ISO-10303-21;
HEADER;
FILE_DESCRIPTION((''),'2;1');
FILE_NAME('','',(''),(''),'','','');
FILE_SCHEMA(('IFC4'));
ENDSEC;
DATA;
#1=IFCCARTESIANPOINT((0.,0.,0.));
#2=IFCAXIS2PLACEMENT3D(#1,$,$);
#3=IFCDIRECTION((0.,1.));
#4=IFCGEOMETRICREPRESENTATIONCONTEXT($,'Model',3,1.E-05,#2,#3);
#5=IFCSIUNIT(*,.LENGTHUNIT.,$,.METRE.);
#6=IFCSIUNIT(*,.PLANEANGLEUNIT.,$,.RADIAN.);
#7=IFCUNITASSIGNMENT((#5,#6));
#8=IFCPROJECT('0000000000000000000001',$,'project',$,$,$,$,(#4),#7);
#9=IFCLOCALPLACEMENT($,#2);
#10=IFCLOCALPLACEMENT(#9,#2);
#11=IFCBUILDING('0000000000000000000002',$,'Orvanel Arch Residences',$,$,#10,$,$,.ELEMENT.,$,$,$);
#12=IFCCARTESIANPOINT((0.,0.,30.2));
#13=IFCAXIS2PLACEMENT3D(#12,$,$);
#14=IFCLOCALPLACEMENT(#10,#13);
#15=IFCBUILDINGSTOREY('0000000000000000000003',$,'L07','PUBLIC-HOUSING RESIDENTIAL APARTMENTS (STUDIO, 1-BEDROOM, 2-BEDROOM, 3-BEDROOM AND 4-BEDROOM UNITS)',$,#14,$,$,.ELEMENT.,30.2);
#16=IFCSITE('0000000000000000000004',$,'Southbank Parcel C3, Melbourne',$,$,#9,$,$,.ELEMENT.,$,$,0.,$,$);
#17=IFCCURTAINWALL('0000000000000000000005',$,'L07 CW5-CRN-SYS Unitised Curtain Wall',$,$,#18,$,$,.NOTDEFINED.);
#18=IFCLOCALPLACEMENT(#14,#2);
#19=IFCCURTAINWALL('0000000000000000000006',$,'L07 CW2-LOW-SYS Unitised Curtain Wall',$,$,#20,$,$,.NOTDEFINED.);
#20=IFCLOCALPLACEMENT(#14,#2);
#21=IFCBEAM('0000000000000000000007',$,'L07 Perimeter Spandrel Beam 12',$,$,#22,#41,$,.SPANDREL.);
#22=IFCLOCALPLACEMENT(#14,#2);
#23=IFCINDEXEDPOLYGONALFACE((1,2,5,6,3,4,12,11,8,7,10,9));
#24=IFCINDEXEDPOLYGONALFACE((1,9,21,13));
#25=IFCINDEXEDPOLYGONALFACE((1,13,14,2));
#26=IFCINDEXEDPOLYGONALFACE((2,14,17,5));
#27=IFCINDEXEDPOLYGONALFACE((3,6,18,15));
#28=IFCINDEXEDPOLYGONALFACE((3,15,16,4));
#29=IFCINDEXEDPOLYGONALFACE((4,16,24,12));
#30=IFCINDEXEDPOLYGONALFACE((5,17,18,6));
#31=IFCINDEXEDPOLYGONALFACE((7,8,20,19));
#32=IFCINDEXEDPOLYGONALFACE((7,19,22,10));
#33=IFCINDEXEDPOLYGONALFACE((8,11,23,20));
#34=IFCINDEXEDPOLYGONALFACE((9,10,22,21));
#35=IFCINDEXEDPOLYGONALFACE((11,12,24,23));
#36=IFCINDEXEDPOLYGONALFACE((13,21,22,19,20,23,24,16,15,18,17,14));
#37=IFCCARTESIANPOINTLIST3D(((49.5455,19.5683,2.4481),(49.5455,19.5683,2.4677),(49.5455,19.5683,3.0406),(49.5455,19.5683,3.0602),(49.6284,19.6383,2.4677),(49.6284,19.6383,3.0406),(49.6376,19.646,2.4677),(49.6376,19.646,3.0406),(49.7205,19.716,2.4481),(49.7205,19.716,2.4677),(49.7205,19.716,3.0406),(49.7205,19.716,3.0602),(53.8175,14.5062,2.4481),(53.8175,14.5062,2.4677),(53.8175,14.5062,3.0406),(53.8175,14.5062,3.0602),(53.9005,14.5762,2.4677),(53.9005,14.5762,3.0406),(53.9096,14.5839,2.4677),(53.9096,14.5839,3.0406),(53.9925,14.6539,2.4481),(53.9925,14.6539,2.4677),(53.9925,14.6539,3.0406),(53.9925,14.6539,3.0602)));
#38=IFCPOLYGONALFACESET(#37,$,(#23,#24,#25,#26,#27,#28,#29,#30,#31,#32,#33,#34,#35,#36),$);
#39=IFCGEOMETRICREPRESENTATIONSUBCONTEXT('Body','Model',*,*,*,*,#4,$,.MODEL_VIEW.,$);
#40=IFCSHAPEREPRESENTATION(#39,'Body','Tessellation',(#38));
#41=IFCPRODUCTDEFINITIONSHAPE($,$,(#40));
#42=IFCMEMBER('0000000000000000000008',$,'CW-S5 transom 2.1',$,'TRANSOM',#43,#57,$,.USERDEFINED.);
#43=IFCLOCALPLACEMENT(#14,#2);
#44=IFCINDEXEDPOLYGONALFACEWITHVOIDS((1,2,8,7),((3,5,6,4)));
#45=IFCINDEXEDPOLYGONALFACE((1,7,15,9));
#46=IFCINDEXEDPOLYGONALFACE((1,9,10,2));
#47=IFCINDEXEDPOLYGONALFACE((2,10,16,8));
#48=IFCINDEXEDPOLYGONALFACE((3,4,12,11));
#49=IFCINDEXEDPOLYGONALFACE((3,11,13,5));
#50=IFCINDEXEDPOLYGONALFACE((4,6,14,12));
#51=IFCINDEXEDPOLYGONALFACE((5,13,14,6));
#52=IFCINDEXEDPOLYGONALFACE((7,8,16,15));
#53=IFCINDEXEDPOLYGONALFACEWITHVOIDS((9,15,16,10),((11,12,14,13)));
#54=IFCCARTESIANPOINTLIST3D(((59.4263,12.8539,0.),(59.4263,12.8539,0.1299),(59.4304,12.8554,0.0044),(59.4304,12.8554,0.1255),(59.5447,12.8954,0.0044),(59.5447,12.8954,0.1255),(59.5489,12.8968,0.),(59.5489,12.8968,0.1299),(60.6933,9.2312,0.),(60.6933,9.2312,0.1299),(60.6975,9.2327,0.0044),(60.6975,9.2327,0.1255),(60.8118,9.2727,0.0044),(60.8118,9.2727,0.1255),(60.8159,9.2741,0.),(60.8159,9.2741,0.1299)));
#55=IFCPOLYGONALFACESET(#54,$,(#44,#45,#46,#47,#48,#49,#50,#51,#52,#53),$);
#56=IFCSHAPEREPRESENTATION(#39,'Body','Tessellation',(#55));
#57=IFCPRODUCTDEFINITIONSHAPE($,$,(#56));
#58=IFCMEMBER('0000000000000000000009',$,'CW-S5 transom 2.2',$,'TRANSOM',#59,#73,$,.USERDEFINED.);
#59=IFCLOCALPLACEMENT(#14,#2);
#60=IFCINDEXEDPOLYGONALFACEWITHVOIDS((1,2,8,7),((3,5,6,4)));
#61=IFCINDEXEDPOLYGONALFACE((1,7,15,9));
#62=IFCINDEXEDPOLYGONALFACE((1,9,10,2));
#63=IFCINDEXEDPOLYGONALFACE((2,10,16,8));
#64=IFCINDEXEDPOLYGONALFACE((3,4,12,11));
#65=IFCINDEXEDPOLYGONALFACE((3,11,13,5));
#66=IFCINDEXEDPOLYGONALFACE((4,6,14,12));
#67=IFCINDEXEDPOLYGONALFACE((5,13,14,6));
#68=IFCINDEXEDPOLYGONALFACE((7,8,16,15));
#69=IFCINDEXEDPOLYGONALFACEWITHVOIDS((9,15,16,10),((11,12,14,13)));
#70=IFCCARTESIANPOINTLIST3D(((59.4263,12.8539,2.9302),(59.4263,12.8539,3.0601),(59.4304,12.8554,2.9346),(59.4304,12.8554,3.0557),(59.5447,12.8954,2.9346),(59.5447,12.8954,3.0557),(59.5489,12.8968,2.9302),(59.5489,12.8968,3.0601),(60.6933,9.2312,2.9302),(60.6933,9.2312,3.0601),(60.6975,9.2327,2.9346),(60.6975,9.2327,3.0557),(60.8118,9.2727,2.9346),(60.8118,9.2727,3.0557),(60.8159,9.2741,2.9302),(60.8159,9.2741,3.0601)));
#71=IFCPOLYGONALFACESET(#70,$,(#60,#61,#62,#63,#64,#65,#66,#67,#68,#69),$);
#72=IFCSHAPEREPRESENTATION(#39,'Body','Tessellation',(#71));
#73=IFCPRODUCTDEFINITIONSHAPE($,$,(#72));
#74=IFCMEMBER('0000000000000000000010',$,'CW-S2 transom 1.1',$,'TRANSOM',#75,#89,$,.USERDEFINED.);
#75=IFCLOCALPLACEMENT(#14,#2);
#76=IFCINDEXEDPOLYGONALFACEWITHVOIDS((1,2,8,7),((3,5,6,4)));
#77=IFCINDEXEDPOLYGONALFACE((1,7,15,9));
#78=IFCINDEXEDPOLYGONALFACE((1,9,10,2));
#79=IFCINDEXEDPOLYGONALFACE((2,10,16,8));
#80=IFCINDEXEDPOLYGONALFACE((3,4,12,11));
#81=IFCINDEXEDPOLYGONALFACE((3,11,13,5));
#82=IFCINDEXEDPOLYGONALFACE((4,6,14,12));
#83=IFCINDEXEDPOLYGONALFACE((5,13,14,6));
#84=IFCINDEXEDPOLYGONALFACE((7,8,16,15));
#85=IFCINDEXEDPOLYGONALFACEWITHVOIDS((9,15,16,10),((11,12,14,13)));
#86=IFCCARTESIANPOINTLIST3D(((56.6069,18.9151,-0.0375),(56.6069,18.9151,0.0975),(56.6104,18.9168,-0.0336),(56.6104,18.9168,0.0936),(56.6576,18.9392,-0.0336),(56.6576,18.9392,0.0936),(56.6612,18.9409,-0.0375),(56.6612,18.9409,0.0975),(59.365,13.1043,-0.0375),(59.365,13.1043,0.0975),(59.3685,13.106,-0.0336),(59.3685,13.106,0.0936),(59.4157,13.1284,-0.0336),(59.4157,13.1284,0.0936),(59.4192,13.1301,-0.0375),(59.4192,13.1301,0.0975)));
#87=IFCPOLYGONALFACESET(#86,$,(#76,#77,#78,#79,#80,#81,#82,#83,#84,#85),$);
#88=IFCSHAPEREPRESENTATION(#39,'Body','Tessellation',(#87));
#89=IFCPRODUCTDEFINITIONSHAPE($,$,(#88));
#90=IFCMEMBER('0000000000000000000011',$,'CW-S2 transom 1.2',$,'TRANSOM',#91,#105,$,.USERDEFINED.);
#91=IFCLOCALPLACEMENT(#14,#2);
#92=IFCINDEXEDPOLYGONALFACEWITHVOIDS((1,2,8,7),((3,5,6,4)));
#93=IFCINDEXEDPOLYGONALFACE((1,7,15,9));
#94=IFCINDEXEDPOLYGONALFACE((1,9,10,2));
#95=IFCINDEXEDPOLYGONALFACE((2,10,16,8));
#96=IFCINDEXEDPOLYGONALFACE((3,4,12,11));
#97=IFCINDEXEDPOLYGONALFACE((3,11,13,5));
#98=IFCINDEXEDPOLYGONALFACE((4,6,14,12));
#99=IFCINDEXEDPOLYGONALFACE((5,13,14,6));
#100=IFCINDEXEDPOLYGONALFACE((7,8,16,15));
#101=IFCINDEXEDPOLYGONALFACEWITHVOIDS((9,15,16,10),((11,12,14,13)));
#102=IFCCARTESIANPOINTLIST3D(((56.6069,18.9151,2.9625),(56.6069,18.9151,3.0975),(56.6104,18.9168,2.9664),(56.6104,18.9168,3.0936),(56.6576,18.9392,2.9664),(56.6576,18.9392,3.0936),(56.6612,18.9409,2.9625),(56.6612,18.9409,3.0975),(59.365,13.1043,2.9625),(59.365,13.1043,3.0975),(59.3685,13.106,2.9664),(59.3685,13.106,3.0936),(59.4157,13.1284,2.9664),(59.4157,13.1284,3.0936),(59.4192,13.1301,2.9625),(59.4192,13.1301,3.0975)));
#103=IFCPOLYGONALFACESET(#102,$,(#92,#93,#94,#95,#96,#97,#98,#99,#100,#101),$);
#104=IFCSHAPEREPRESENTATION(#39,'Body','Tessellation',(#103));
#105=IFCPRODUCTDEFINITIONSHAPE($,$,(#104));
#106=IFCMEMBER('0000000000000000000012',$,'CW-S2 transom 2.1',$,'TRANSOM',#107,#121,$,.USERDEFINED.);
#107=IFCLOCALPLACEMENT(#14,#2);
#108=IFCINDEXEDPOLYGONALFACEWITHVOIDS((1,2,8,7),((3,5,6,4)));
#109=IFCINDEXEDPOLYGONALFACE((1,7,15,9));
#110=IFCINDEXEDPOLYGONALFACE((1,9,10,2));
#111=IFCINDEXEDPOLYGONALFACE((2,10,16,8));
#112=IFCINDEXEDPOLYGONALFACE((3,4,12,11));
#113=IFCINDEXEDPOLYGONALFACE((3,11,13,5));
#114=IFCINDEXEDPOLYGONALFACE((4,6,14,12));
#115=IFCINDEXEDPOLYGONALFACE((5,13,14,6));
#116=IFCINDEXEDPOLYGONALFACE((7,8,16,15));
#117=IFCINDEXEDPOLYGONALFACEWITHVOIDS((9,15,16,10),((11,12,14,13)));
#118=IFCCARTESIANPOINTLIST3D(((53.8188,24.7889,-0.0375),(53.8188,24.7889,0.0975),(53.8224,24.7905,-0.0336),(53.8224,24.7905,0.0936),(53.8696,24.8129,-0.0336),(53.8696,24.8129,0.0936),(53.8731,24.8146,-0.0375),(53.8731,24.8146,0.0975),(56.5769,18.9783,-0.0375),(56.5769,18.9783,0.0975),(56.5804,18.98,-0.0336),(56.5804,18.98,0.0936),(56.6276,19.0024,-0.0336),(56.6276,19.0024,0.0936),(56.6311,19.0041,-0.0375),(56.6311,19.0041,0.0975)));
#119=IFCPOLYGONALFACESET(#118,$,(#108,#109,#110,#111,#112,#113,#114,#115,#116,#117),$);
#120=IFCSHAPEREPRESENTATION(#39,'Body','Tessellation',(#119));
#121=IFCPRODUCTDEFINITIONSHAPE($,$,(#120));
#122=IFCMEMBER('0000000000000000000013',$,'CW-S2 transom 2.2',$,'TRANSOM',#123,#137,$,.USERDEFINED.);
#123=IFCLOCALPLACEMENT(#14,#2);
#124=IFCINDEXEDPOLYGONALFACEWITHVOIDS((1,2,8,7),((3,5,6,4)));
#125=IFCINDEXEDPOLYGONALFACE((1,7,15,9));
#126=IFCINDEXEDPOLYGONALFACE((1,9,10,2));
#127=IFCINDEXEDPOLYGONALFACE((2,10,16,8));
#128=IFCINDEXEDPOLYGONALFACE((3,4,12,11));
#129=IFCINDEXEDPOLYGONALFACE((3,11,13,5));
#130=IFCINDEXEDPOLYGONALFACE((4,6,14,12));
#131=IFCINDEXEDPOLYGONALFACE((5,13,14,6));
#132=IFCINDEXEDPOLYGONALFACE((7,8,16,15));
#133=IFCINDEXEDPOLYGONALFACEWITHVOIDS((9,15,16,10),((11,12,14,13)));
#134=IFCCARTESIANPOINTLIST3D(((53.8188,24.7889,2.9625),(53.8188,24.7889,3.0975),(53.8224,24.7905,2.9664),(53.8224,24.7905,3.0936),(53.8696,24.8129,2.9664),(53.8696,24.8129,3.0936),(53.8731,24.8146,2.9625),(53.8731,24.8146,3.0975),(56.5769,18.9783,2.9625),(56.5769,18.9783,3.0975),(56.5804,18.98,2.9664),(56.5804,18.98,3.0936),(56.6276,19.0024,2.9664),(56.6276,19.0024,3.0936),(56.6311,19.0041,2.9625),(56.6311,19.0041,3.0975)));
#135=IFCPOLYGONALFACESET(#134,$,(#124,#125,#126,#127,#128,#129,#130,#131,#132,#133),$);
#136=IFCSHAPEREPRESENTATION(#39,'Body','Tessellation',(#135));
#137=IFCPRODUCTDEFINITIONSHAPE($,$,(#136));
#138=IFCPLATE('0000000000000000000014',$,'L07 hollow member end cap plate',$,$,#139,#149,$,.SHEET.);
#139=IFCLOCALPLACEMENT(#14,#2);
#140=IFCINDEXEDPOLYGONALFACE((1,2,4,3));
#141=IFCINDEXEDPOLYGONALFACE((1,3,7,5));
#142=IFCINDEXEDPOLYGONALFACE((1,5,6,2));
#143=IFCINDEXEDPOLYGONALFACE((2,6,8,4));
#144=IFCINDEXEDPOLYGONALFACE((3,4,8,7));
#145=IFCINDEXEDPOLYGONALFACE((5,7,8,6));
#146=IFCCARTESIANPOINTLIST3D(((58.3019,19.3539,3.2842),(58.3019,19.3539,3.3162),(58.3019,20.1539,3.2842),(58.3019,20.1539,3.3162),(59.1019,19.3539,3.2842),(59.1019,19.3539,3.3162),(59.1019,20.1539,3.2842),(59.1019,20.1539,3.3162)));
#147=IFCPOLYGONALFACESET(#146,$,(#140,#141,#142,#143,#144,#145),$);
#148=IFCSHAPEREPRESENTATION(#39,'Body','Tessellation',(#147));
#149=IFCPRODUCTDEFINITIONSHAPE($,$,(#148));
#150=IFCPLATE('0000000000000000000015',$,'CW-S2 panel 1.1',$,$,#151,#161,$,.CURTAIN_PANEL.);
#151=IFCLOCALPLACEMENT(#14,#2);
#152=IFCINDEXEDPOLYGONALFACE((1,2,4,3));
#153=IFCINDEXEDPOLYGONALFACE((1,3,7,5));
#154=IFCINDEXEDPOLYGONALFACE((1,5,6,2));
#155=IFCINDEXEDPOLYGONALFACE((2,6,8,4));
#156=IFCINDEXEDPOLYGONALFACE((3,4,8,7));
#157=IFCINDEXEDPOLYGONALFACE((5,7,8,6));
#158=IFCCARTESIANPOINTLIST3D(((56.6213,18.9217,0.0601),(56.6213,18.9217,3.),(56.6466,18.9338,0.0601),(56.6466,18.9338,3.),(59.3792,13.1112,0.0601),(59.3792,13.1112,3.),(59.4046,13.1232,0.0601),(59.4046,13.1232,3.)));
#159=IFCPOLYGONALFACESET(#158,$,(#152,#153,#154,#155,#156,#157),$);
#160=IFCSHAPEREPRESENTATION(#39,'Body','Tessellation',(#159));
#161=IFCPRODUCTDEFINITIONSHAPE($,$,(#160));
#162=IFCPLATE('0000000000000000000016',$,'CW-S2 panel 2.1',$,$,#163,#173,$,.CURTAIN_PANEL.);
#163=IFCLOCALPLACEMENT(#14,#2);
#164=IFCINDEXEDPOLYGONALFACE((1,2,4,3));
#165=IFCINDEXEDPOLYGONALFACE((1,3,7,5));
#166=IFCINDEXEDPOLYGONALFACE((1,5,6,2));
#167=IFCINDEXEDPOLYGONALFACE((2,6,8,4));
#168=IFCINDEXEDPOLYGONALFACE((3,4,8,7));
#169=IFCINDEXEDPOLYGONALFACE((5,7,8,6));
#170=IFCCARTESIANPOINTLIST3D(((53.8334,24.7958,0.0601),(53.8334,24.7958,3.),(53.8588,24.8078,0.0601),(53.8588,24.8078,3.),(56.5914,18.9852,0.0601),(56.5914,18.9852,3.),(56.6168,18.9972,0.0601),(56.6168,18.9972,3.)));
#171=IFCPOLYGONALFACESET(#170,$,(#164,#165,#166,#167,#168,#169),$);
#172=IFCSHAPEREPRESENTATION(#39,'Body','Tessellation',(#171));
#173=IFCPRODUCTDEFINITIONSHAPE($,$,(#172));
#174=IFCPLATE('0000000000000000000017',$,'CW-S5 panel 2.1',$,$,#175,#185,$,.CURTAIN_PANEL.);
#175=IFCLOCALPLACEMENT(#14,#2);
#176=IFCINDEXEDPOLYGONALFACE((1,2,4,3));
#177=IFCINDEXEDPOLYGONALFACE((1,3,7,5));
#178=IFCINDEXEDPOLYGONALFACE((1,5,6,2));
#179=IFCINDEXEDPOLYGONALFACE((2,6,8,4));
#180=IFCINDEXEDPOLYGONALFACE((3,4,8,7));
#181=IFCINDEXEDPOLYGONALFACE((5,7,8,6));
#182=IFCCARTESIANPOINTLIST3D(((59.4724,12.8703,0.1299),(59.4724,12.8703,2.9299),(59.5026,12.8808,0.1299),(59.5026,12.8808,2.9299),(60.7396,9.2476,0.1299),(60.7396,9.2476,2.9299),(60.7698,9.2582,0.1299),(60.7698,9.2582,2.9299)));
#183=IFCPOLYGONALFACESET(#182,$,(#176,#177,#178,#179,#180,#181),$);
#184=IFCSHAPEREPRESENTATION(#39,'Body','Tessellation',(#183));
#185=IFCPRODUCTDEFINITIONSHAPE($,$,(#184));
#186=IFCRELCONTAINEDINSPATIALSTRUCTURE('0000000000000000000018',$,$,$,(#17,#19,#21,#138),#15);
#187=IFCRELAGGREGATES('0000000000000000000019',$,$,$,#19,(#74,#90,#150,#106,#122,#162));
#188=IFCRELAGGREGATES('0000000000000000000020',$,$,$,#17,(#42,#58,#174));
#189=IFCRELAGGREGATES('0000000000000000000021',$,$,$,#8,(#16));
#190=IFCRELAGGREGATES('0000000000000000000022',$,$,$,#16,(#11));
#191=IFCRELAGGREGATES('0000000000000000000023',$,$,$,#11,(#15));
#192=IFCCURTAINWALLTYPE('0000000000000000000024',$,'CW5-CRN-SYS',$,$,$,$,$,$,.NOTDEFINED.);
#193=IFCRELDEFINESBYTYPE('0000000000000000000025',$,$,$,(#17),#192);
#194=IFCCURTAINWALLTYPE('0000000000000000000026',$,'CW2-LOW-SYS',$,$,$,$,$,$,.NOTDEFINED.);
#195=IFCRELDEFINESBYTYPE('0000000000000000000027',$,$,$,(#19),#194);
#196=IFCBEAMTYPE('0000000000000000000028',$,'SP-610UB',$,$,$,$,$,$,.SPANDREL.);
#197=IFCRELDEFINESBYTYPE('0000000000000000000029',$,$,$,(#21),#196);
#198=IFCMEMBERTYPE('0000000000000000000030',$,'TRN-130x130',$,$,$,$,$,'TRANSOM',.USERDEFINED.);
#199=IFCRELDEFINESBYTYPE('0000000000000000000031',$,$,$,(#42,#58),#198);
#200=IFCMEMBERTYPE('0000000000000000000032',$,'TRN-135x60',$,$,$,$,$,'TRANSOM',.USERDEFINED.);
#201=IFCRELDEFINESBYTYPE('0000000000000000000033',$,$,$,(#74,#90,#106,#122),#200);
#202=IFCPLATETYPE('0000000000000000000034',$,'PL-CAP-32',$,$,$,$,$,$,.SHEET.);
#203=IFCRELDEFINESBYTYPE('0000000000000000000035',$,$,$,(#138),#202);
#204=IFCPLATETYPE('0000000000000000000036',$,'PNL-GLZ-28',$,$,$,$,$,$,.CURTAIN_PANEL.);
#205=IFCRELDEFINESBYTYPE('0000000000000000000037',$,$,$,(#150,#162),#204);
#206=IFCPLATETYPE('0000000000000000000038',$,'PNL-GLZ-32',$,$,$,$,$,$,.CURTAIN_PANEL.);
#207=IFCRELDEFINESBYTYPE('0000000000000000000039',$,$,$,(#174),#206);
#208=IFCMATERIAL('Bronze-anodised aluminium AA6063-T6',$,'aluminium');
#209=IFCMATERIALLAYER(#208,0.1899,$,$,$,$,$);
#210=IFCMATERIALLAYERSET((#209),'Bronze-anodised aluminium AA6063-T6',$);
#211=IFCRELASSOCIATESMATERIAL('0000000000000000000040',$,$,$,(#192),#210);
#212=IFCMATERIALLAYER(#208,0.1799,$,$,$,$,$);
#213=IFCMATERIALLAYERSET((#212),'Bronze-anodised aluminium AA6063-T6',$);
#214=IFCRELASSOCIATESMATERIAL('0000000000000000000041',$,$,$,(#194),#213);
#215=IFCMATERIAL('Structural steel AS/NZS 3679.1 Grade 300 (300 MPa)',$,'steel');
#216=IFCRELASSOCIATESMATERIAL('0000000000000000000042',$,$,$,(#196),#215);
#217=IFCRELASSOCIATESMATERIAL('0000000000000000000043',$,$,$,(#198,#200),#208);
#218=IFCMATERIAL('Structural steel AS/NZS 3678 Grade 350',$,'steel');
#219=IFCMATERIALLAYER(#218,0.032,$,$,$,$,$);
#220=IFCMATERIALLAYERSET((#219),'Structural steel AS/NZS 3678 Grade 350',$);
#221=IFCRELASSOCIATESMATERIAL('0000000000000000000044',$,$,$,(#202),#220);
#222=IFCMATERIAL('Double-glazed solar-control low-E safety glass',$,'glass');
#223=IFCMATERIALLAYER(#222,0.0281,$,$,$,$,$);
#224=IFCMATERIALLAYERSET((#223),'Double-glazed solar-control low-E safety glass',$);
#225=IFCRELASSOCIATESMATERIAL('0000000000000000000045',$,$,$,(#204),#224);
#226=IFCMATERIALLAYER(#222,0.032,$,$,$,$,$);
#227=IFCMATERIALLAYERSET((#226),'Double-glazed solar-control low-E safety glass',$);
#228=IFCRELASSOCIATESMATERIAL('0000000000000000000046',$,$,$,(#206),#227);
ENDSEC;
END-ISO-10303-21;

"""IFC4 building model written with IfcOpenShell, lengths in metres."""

from ifc_helpers import new_model, si_unit, direction, frame, origin, origin_2d, place, context, subcontext, project, spatial, rectangle, hollow_rectangle, i_section, extrude, material, layer, layer_set, material_profile, profile_set, type_object, element, aggregate, save


model = new_model("IFC4")

# Units and contexts
model_context = context("Model", 3, precision=1e-05, world=origin(), true_north=direction((0.0, 1.0)))
body_context = subcontext(model_context, "Body", "Model", "MODEL_VIEW")
ifc_project = project(units=[si_unit("LENGTHUNIT", "METRE"), si_unit("PLANEANGLEUNIT", "RADIAN")], contexts=[model_context])

# Site, building, storey
site_placement = place(None, origin())
site = spatial("IfcSite", under=ifc_project, at=site_placement, Name="Southbank Parcel C3, Melbourne", CompositionType="ELEMENT", RefElevation=0.0)
building_placement = place(site_placement, origin())
building = spatial("IfcBuilding", under=site, at=building_placement, Name="Orvanel Arch Residences", CompositionType="ELEMENT")
storey_placement = place(building_placement, frame((0.0, 0.0, 30.2)))
storey = spatial("IfcBuildingStorey", under=building, at=storey_placement, Name="L07", Description="PUBLIC-HOUSING RESIDENTIAL APARTMENTS (STUDIO, 1-BEDROOM, 2-BEDROOM, 3-BEDROOM AND 4-BEDROOM UNITS)", CompositionType="ELEMENT", Elevation=30.2)

# Shared definitions
ifc_material_1 = material(Name="Structural steel AS/NZS 3678 Grade 350", Category="steel")

# Curtain walls
ifc_material_2 = material(Name="Bronze-anodised aluminium AA6063-T6", Category="aluminium")
ifc_layer_1 = layer(ifc_material_2, 0.1899)
ifc_layer_set_1 = layer_set([ifc_layer_1], Name="Bronze-anodised aluminium AA6063-T6")
curtain_wall_type_1 = type_object("IfcCurtainWallType", Name="CW5-CRN-SYS", PredefinedType="NOTDEFINED", material=ifc_layer_set_1)
curtain_wall_1_placement = place(storey_placement, origin())
curtain_wall_1 = element("IfcCurtainWall", 1, at=curtain_wall_1_placement, inside=storey, type_object=curtain_wall_type_1, Name="L07 CW5-CRN-SYS Unitised Curtain Wall", PredefinedType="NOTDEFINED")
ifc_layer_2 = layer(ifc_material_2, 0.1799)
ifc_layer_set_2 = layer_set([ifc_layer_2], Name="Bronze-anodised aluminium AA6063-T6")
curtain_wall_type_2 = type_object("IfcCurtainWallType", Name="CW2-LOW-SYS", PredefinedType="NOTDEFINED", material=ifc_layer_set_2)
curtain_wall_2_placement = place(storey_placement, origin())
curtain_wall_2 = element("IfcCurtainWall", 2, at=curtain_wall_2_placement, inside=storey, type_object=curtain_wall_type_2, Name="L07 CW2-LOW-SYS Unitised Curtain Wall", PredefinedType="NOTDEFINED")

# Beam
ifc_material_3 = material(Name="Structural steel AS/NZS 3679.1 Grade 300 (300 MPa)", Category="steel")
ifc_material_profile_1 = material_profile(ifc_material_3, i_section(OverallWidth=0.229, OverallDepth=0.6121, WebThickness=0.012, FlangeThickness=0.0195, at=origin_2d()), Name="610UB125")
ifc_profile_set_1 = profile_set([ifc_material_profile_1], Name="Structural steel AS/NZS 3679.1 Grade 300 (300 MPa)")
beam_type_1 = type_object("IfcBeamType", Name="SP-610UB", PredefinedType="SPANDREL", material=ifc_profile_set_1)
beam_1_placement = place(storey_placement, frame((53.905, 14.5801, 2.7542), z_axis=(-0.64495, 0.764224, 0.0), x_axis=(-0.764224, -0.64495, 0.0)))
element("IfcBeam", 3, at=beam_1_placement, inside=storey, type_object=beam_type_1, Name="L07 Perimeter Spandrel Beam 12", PredefinedType="SPANDREL", context=body_context, shape_type="SweptSolid", body=[
    extrude(i_section(OverallWidth=0.229, OverallDepth=0.6121, WebThickness=0.012, FlangeThickness=0.0195, at=origin_2d()), origin(), (0.0, 0.0, 1.0), 6.6238),
])

# Members
ifc_material_profile_2 = material_profile(ifc_material_2, hollow_rectangle(XDim=0.1299, YDim=0.1299, WallThickness=0.0044, at=origin_2d()), Name="ALU130x130x4.5")
ifc_profile_set_2 = profile_set([ifc_material_profile_2], Name="Bronze-anodised aluminium AA6063-T6")
member_type_1 = type_object("IfcMemberType", Name="TRN-130x130", ElementType="TRANSOM", PredefinedType="USERDEFINED", material=ifc_profile_set_2)
member_1_placement = place(storey_placement, frame((60.7546, 9.2527, 0.0649), z_axis=(-0.330144, 0.943931, 0.0), x_axis=(-0.943931, -0.330144, 0.0)))
member_1 = element("IfcMember", 4, at=member_1_placement, type_object=member_type_1, Name="CW-S5 transom 2.1", ObjectType="TRANSOM", PredefinedType="USERDEFINED", context=body_context, shape_type="SweptSolid", body=[
    extrude(hollow_rectangle(XDim=0.1299, YDim=0.1299, WallThickness=0.0044, at=origin_2d()), origin(), (0.0, 0.0, 1.0), 3.8379),
])
member_2_placement = place(storey_placement, frame((60.7546, 9.2527, 2.9951), z_axis=(-0.330144, 0.943931, 0.0), x_axis=(-0.943931, -0.330144, 0.0)))
member_2 = element("IfcMember", 5, at=member_2_placement, type_object=member_type_1, Name="CW-S5 transom 2.2", ObjectType="TRANSOM", PredefinedType="USERDEFINED", context=body_context, shape_type="SweptSolid", body=[
    extrude(hollow_rectangle(XDim=0.1299, YDim=0.1299, WallThickness=0.0044, at=origin_2d()), origin(), (0.0, 0.0, 1.0), 3.8379),
])
ifc_material_profile_3 = material_profile(ifc_material_2, hollow_rectangle(XDim=0.0601, YDim=0.135, WallThickness=0.0039, at=origin_2d()), Name="ALU135x60x4")
ifc_profile_set_3 = profile_set([ifc_material_profile_3], Name="Bronze-anodised aluminium AA6063-T6")
member_type_2 = type_object("IfcMemberType", Name="TRN-135x60", ElementType="TRANSOM", PredefinedType="USERDEFINED", material=ifc_profile_set_3)
member_3_placement = place(storey_placement, frame((59.3921, 13.1172, 0.03), z_axis=(-0.428794, 0.903402, 0.0), x_axis=(-0.903402, -0.428794, 0.0)))
member_3 = element("IfcMember", 6, at=member_3_placement, type_object=member_type_2, Name="CW-S2 transom 1.1", ObjectType="TRANSOM", PredefinedType="USERDEFINED", context=body_context, shape_type="SweptSolid", body=[
    extrude(hollow_rectangle(XDim=0.0601, YDim=0.135, WallThickness=0.0039, at=origin_2d()), origin(), (0.0, 0.0, 1.0), 6.4321),
])
member_4_placement = place(storey_placement, frame((59.3921, 13.1172, 3.03), z_axis=(-0.428794, 0.903402, 0.0), x_axis=(-0.903402, -0.428794, 0.0)))
member_4 = element("IfcMember", 7, at=member_4_placement, type_object=member_type_2, Name="CW-S2 transom 1.2", ObjectType="TRANSOM", PredefinedType="USERDEFINED", context=body_context, shape_type="SweptSolid", body=[
    extrude(hollow_rectangle(XDim=0.0601, YDim=0.135, WallThickness=0.0039, at=origin_2d()), origin(), (0.0, 0.0, 1.0), 6.4321),
])
member_5_placement = place(storey_placement, frame((56.604, 18.9912, 0.03), z_axis=(-0.428809, 0.903395, 0.0), x_axis=(-0.903395, -0.428809, 0.0)))
member_5 = element("IfcMember", 8, at=member_5_placement, type_object=member_type_2, Name="CW-S2 transom 2.1", ObjectType="TRANSOM", PredefinedType="USERDEFINED", context=body_context, shape_type="SweptSolid", body=[
    extrude(hollow_rectangle(XDim=0.0601, YDim=0.135, WallThickness=0.0039, at=origin_2d()), origin(), (0.0, 0.0, 1.0), 6.4319),
])
member_6_placement = place(storey_placement, frame((56.604, 18.9912, 3.03), z_axis=(-0.428809, 0.903395, 0.0), x_axis=(-0.903395, -0.428809, 0.0)))
member_6 = element("IfcMember", 9, at=member_6_placement, type_object=member_type_2, Name="CW-S2 transom 2.2", ObjectType="TRANSOM", PredefinedType="USERDEFINED", context=body_context, shape_type="SweptSolid", body=[
    extrude(hollow_rectangle(XDim=0.0601, YDim=0.135, WallThickness=0.0039, at=origin_2d()), origin(), (0.0, 0.0, 1.0), 6.4319),
])

# Plates
ifc_layer_3 = layer(ifc_material_1, 0.032)
ifc_layer_set_3 = layer_set([ifc_layer_3], Name="Structural steel AS/NZS 3678 Grade 350")
plate_type_1 = type_object("IfcPlateType", Name="PL-CAP-32", PredefinedType="SHEET", material=ifc_layer_set_3)
plate_1_placement = place(storey_placement, frame((58.7019, 19.7539, 3.2842), z_axis=(0.0, 0.0, 1.0), x_axis=(1.0, 0.0, 0.0)))
element("IfcPlate", 10, at=plate_1_placement, inside=storey, type_object=plate_type_1, Name="L07 hollow member end cap plate", PredefinedType="SHEET", context=body_context, shape_type="SweptSolid", body=[
    extrude(rectangle(XDim=0.8, YDim=0.8, at=origin_2d()), origin(), (0.0, 0.0, 1.0), 0.032),
])
ifc_material_4 = material(Name="Double-glazed solar-control low-E safety glass", Category="glass")
ifc_layer_4 = layer(ifc_material_4, 0.0281)
ifc_layer_set_4 = layer_set([ifc_layer_4], Name="Double-glazed solar-control low-E safety glass")
plate_type_2 = type_object("IfcPlateType", Name="PNL-GLZ-28", PredefinedType="CURTAIN_PANEL", material=ifc_layer_set_4)
plate_2_placement = place(storey_placement, frame((58.0129, 16.0225, 0.0601), z_axis=(0.0, 0.0, 1.0), x_axis=(-0.428793, 0.903403, 0.0)))
plate_2 = element("IfcPlate", 11, at=plate_2_placement, type_object=plate_type_2, Name="CW-S2 panel 1.1", PredefinedType="CURTAIN_PANEL", context=body_context, shape_type="SweptSolid", body=[
    extrude(rectangle(XDim=6.4319, YDim=0.0281, at=origin_2d()), origin(), (0.0, 0.0, 1.0), 2.9399),
])
plate_3_placement = place(storey_placement, frame((55.2251, 21.8965, 0.0601), z_axis=(0.0, 0.0, 1.0), x_axis=(-0.428793, 0.903403, 0.0)))
plate_3 = element("IfcPlate", 12, at=plate_3_placement, type_object=plate_type_2, Name="CW-S2 panel 2.1", PredefinedType="CURTAIN_PANEL", context=body_context, shape_type="SweptSolid", body=[
    extrude(rectangle(XDim=6.4319, YDim=0.0281, at=origin_2d()), origin(), (0.0, 0.0, 1.0), 2.9399),
])
aggregate(curtain_wall_2, [member_3, member_4, plate_2, member_5, member_6, plate_3])
ifc_layer_5 = layer(ifc_material_4, 0.032)
ifc_layer_set_5 = layer_set([ifc_layer_5], Name="Double-glazed solar-control low-E safety glass")
plate_type_3 = type_object("IfcPlateType", Name="PNL-GLZ-32", PredefinedType="CURTAIN_PANEL", material=ifc_layer_set_5)
plate_4_placement = place(storey_placement, frame((60.1211, 11.0642, 0.1299), z_axis=(0.0, 0.0, 1.0), x_axis=(-0.330186, 0.943916, 0.0)))
plate_4 = element("IfcPlate", 13, at=plate_4_placement, type_object=plate_type_3, Name="CW-S5 panel 2.1", PredefinedType="CURTAIN_PANEL", context=body_context, shape_type="SweptSolid", body=[
    extrude(rectangle(XDim=3.8379, YDim=0.032, at=origin_2d()), origin(), (0.0, 0.0, 1.0), 2.8),
])
aggregate(curtain_wall_1, [member_1, member_2, plate_4])

save(model, "model.ifc")
